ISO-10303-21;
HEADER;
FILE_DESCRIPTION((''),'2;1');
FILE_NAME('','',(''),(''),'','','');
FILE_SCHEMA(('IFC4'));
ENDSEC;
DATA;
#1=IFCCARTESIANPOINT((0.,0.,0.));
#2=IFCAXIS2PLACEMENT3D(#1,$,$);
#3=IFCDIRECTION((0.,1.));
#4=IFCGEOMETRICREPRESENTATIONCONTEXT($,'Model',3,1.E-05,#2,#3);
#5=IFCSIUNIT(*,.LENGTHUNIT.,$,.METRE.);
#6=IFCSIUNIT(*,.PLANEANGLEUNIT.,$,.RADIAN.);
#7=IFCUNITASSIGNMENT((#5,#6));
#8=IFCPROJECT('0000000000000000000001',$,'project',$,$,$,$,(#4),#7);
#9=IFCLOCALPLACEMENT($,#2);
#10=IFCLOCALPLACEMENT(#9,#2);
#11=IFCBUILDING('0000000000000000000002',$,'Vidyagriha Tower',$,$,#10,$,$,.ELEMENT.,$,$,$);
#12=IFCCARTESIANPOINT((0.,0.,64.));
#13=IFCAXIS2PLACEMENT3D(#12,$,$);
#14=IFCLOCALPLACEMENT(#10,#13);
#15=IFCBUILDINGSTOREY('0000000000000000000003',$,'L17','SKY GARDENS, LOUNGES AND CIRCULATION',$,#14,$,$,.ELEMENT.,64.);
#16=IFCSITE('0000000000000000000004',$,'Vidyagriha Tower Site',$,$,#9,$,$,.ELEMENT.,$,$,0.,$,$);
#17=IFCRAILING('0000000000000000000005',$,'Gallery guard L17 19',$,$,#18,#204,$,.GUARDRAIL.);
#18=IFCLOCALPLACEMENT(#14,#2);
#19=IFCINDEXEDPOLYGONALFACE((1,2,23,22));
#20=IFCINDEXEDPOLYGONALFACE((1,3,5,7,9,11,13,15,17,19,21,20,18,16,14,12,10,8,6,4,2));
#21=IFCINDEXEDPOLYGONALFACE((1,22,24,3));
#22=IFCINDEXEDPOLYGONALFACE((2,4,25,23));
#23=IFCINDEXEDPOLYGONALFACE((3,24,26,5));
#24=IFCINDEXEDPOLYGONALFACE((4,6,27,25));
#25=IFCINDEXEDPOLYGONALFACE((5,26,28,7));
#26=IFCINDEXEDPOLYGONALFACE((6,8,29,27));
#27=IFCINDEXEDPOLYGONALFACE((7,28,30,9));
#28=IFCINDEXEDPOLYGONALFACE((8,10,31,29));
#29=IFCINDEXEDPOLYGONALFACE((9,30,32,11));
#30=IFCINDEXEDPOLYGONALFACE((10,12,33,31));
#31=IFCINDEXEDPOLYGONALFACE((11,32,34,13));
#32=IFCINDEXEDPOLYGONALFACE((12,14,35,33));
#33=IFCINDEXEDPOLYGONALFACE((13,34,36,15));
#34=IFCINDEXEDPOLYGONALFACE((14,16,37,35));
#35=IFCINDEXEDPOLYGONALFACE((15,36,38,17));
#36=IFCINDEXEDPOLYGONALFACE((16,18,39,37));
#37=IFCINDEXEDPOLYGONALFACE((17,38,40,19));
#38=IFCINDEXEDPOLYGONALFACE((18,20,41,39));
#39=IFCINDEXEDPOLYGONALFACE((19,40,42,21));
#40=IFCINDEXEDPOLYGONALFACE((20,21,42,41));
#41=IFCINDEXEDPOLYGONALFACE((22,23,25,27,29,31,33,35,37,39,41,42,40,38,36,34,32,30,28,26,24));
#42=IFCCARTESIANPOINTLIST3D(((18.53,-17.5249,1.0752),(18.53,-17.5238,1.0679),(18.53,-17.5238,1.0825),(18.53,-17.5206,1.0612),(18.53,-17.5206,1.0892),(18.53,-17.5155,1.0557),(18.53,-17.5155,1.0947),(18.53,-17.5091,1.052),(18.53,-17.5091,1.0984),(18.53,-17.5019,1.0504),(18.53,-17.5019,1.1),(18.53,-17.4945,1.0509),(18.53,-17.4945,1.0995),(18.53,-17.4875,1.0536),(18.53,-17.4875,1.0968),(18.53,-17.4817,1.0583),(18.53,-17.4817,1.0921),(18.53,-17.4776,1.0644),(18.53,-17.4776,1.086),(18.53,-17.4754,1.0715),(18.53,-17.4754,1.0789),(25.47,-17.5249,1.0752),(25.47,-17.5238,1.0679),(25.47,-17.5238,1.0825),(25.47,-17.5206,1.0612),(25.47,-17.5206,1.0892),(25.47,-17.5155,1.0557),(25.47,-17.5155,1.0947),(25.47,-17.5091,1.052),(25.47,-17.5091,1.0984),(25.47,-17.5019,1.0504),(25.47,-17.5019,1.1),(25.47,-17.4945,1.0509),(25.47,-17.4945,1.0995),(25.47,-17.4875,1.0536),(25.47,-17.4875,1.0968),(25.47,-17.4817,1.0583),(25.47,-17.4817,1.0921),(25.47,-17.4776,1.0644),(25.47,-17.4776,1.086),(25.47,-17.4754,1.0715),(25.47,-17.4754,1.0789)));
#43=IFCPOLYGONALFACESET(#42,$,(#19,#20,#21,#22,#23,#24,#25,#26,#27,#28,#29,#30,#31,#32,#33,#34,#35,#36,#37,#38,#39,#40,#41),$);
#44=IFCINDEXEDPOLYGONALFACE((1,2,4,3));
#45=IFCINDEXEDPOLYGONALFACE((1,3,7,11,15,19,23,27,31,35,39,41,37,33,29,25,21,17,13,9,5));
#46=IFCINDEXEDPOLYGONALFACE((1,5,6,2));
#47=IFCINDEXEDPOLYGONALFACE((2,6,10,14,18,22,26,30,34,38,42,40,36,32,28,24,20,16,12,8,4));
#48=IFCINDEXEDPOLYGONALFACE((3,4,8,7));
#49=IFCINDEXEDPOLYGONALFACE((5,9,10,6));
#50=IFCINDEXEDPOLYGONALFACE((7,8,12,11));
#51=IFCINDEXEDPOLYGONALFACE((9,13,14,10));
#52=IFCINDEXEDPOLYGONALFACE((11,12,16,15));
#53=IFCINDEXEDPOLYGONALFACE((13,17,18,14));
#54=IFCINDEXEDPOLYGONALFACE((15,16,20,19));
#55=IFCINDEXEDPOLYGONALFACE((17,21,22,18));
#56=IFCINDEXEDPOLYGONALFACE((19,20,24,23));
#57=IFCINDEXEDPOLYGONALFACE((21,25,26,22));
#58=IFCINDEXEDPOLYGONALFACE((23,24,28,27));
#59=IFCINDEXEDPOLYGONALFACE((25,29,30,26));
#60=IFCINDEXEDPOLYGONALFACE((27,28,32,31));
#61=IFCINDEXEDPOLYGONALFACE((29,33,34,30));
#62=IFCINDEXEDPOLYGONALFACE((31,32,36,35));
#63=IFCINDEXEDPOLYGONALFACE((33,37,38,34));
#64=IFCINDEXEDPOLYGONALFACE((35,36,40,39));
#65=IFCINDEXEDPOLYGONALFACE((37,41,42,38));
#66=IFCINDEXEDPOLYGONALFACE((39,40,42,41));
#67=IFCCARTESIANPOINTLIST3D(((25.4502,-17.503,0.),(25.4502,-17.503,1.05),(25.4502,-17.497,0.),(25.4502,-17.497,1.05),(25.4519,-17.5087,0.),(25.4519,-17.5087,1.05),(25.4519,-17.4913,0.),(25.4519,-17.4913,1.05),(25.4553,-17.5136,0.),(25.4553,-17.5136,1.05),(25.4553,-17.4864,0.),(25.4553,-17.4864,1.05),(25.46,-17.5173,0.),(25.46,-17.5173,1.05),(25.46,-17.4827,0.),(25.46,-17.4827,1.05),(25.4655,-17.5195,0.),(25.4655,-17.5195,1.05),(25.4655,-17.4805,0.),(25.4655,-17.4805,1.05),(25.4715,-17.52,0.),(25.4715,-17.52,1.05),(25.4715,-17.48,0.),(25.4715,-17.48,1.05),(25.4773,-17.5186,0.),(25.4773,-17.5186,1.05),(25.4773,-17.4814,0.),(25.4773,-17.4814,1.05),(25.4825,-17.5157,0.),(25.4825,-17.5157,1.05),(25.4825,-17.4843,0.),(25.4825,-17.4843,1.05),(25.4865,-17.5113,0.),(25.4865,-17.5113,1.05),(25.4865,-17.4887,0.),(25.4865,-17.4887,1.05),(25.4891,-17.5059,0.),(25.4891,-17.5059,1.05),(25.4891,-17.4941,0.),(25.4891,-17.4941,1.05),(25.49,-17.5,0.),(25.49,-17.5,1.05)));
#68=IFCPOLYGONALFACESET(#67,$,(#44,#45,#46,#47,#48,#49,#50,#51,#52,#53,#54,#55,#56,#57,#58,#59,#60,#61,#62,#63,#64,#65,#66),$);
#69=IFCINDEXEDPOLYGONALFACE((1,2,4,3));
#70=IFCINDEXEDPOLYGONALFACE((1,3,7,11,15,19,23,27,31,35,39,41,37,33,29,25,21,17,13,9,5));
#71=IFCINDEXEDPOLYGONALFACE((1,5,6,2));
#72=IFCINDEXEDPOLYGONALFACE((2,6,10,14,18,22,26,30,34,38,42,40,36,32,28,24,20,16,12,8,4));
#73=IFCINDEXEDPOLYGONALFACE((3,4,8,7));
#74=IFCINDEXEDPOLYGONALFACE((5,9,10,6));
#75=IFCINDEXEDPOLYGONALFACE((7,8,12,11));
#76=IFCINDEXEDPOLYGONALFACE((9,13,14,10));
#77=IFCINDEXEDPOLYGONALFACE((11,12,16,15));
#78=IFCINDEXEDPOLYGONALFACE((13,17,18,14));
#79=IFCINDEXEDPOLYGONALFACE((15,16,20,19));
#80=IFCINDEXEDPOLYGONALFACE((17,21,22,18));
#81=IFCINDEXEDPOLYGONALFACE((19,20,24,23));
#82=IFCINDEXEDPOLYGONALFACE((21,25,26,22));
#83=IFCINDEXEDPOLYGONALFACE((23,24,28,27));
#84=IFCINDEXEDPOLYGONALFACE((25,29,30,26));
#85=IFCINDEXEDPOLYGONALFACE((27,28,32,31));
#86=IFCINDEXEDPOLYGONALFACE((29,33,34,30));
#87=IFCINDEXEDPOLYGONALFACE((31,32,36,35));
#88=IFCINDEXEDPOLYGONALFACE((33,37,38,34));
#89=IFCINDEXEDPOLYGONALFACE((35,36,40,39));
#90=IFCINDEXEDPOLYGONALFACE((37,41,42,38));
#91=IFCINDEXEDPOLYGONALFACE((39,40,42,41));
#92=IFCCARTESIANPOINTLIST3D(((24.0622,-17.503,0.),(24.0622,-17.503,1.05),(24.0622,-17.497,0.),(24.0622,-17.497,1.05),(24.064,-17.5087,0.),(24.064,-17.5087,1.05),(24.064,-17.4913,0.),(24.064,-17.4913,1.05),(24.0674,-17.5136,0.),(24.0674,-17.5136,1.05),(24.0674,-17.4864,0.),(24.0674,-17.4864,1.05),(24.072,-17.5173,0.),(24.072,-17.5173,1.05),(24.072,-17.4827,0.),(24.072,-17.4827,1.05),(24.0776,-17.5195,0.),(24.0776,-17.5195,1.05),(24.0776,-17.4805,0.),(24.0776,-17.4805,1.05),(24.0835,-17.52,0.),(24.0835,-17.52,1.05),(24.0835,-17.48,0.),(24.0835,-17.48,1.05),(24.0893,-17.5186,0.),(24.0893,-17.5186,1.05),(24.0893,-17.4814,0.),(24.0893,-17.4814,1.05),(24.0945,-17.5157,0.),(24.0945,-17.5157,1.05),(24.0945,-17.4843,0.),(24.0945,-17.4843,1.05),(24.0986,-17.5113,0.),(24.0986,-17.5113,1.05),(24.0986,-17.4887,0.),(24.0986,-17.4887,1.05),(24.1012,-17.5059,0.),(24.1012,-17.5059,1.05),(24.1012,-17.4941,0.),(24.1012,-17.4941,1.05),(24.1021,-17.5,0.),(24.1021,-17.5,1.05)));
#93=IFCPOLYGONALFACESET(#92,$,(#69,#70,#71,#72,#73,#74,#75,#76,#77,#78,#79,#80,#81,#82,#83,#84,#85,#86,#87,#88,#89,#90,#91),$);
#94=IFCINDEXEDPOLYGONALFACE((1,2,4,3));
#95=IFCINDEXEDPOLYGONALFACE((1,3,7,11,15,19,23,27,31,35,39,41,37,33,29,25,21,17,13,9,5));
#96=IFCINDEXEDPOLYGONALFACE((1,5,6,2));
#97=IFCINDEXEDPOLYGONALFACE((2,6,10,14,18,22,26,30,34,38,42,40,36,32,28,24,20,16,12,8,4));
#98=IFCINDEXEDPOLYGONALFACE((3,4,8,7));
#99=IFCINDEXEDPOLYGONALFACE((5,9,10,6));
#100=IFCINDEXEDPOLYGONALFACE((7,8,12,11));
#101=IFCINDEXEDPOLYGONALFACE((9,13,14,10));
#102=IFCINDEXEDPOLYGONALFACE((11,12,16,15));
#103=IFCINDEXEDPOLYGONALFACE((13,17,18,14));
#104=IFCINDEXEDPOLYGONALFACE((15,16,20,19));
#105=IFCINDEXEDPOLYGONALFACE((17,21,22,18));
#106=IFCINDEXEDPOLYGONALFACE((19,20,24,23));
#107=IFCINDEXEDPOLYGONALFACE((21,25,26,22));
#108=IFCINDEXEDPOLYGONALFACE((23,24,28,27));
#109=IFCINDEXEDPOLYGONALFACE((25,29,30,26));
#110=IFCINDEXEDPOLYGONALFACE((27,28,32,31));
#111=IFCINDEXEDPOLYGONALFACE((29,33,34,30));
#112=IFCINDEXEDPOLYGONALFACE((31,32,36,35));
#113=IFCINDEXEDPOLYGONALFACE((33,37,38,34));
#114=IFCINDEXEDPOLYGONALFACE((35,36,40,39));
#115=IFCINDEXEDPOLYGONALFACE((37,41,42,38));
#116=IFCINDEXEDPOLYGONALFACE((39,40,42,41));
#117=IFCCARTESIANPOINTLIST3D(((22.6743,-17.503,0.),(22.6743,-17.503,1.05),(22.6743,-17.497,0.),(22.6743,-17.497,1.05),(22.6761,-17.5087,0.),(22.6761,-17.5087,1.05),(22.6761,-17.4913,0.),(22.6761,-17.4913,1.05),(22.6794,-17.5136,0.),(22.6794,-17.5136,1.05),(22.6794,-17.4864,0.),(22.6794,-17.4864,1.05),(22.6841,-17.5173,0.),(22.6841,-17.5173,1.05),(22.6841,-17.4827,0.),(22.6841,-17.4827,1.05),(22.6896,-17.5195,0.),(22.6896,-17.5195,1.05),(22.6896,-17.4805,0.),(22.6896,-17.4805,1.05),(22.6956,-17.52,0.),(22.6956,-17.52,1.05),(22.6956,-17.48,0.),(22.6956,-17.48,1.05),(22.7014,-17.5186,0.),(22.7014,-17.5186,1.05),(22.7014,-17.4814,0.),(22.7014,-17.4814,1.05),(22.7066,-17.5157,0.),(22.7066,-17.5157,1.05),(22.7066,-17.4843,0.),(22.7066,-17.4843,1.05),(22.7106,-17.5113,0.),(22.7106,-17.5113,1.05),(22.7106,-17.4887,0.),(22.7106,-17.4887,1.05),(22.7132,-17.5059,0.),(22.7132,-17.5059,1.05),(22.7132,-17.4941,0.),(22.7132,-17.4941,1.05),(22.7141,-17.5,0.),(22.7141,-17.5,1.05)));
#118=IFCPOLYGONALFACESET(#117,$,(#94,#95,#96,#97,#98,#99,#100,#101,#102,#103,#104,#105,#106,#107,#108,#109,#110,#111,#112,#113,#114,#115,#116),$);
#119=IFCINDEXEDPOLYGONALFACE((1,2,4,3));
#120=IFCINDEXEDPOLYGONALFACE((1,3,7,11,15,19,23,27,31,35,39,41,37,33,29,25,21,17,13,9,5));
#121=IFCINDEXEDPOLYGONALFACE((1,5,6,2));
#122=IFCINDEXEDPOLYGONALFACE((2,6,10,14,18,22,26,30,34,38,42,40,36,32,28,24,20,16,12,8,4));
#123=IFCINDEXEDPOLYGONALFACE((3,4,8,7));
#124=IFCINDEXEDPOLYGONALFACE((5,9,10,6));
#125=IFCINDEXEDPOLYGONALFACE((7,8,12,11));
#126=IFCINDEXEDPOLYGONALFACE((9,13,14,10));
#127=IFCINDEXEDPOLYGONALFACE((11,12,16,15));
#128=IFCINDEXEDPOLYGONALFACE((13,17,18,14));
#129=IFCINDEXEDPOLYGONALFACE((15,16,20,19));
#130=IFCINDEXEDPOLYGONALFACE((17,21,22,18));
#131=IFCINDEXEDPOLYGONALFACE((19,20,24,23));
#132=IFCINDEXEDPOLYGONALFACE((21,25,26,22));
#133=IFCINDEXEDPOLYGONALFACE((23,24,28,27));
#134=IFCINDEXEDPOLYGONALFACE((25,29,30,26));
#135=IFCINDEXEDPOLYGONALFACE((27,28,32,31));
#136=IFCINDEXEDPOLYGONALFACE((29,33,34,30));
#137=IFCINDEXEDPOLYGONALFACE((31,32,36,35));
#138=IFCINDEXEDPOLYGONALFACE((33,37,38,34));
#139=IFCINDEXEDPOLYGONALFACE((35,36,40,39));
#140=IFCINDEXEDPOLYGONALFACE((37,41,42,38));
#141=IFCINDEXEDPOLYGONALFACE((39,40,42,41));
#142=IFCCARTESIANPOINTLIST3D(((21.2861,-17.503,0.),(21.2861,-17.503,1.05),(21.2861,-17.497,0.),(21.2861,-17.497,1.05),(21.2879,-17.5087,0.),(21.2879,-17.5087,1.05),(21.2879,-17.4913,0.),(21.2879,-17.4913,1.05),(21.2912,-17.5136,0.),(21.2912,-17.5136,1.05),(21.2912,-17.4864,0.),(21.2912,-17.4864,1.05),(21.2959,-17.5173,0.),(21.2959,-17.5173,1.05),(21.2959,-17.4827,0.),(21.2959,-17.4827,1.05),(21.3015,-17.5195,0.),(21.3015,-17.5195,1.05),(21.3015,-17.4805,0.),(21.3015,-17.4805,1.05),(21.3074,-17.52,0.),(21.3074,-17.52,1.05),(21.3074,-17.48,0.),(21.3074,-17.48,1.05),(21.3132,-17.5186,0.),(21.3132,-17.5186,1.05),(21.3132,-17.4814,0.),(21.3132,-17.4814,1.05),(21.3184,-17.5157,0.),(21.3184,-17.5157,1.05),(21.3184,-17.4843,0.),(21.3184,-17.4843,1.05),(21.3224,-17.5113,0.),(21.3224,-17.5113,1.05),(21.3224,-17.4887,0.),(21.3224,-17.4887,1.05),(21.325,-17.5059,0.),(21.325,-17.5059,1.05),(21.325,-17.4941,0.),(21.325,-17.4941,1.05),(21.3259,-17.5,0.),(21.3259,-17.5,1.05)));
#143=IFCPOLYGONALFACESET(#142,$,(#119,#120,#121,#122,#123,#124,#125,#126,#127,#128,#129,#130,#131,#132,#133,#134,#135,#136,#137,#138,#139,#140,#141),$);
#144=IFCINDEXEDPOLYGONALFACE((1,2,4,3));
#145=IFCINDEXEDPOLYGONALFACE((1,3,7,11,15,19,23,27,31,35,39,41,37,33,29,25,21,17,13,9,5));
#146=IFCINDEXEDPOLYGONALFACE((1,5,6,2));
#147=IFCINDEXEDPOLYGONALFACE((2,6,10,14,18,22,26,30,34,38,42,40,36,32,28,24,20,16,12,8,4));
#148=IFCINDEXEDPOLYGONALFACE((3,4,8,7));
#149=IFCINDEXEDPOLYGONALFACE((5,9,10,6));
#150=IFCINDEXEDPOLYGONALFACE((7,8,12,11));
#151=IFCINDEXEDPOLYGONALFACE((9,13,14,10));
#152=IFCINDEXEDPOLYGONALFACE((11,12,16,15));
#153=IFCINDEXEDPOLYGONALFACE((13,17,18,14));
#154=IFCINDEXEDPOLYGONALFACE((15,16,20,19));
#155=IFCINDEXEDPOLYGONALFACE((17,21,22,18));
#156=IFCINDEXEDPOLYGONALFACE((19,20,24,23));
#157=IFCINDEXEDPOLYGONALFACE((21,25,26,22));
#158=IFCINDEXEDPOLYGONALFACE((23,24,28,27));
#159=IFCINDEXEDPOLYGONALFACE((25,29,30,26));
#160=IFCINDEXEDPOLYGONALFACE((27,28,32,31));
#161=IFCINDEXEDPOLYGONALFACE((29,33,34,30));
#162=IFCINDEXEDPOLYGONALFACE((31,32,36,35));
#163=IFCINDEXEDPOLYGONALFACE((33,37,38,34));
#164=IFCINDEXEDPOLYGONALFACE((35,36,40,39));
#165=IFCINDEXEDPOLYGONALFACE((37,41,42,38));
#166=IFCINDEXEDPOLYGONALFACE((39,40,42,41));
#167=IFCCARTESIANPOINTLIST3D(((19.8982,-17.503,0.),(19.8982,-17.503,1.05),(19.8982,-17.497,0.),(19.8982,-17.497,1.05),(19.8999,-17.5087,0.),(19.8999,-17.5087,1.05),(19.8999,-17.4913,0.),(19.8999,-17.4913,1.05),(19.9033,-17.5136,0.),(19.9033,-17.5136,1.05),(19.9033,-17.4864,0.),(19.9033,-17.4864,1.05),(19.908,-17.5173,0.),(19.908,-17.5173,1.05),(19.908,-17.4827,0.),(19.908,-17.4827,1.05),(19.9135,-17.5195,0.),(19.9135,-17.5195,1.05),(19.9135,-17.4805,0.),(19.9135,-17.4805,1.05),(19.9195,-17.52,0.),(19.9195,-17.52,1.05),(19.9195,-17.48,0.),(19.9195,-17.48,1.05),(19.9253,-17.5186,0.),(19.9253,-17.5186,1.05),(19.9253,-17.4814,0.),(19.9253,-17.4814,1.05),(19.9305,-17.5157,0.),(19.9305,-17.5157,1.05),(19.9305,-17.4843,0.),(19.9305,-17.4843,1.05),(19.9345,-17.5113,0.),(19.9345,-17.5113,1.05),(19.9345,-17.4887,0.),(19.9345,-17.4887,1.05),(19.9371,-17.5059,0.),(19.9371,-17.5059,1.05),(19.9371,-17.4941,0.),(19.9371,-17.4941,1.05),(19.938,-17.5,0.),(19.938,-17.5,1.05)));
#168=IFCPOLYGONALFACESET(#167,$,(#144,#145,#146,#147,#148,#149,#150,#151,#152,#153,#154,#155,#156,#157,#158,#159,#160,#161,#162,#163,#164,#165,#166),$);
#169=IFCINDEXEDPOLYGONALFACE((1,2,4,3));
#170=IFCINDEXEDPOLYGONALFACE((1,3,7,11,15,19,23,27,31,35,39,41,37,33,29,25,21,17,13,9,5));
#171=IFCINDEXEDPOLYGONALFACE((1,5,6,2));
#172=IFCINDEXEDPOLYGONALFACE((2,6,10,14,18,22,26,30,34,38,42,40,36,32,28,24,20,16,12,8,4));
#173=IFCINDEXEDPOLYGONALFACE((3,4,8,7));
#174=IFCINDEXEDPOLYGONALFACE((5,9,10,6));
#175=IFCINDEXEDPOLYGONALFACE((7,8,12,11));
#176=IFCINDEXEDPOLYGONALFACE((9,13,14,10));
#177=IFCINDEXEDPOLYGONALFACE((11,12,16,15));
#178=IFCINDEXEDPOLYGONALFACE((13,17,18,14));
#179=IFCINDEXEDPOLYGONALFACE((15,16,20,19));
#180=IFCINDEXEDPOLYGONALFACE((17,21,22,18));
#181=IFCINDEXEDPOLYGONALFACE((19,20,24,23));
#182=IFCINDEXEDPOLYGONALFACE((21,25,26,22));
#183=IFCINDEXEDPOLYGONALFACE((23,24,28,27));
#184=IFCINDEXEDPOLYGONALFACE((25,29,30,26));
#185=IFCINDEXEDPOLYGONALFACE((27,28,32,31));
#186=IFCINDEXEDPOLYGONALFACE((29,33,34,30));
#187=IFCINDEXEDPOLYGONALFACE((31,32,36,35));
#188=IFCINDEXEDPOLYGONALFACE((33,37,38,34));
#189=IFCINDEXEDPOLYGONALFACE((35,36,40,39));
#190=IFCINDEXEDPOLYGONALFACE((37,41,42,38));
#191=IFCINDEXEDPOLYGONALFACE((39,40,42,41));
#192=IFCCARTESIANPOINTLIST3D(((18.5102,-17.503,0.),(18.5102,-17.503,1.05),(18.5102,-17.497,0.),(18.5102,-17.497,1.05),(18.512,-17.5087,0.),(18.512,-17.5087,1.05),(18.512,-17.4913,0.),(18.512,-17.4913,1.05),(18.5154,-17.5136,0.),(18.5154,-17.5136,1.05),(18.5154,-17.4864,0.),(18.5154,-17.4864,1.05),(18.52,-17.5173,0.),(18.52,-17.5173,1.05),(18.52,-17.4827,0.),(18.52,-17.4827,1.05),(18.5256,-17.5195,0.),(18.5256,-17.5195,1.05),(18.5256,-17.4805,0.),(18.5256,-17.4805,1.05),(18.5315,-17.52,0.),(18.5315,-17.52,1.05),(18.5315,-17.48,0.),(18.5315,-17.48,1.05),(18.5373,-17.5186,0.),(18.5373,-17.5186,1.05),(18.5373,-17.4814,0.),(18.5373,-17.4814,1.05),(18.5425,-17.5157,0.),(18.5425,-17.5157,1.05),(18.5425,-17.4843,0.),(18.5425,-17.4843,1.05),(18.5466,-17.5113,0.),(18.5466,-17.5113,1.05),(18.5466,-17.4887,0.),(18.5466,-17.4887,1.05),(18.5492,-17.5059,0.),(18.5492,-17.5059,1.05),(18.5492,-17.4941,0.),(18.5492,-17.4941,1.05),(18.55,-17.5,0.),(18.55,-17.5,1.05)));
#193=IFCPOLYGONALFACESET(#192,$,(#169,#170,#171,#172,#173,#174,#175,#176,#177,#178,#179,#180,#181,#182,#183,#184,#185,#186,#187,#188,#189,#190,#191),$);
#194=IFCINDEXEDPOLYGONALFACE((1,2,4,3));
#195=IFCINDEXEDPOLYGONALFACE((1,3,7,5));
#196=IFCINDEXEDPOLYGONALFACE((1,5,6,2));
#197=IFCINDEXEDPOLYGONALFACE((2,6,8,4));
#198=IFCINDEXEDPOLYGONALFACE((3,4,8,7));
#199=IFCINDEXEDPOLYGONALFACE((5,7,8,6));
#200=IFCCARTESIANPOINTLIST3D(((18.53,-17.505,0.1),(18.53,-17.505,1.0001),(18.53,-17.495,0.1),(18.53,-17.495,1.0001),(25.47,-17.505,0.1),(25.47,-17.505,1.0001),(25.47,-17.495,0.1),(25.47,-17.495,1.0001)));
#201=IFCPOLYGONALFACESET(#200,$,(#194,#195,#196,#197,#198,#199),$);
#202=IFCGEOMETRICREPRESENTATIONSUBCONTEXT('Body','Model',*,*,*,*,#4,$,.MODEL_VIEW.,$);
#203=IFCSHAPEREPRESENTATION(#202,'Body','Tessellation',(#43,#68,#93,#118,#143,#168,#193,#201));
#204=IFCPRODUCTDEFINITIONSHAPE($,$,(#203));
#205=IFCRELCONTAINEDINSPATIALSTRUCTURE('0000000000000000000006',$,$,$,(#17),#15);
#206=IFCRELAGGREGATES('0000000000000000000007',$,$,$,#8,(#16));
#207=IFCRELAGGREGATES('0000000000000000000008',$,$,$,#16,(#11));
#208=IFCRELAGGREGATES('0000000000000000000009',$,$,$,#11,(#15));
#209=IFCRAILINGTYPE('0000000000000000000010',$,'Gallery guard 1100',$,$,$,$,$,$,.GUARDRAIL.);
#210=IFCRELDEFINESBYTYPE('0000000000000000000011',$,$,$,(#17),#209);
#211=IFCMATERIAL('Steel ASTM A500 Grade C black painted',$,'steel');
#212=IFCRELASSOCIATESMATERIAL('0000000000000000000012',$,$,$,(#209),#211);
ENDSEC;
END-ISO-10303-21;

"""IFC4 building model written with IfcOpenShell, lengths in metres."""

from ifc_helpers import new_model, si_unit, direction, frame, origin, origin_2d, place, context, subcontext, project, spatial, rectangle, circle, extrude, material, type_object, element, save


model = new_model("IFC4")

# Units and contexts
model_context = context("Model", 3, precision=1e-05, world=origin(), true_north=direction((0.0, 1.0)))
body_context = subcontext(model_context, "Body", "Model", "MODEL_VIEW")
ifc_project = project(units=[si_unit("LENGTHUNIT", "METRE"), si_unit("PLANEANGLEUNIT", "RADIAN")], contexts=[model_context])

# Site, building, storey
site_placement = place(None, origin())
site = spatial("IfcSite", under=ifc_project, at=site_placement, Name="Vidyagriha Tower Site", CompositionType="ELEMENT", RefElevation=0.0)
building_placement = place(site_placement, origin())
building = spatial("IfcBuilding", under=site, at=building_placement, Name="Vidyagriha Tower", CompositionType="ELEMENT")
storey_placement = place(building_placement, frame((0.0, 0.0, 64.0)))
storey = spatial("IfcBuildingStorey", under=building, at=storey_placement, Name="L17", Description="SKY GARDENS, LOUNGES AND CIRCULATION", CompositionType="ELEMENT", Elevation=64.0)

# Railing
ifc_material_1 = material(Name="Steel ASTM A500 Grade C black painted", Category="steel")
railing_type = type_object("IfcRailingType", Name="Gallery guard 1100", PredefinedType="GUARDRAIL", material=ifc_material_1)
for number, where, name in (
    (1, (25.47, -17.5, 0.0), "Gallery guard L17 19"),
):
    element("IfcRailing", number, at=place(storey_placement, frame(where)), inside=storey, type_object=railing_type, Name=name, PredefinedType="GUARDRAIL", context=body_context, shape_type="SweptSolid", body=[
        extrude(circle(Radius=0.0249, at=origin_2d()), frame((0.0, 0.0, 1.0752), z_axis=(-1.0, 0.0, 0.0), x_axis=(0.0, -1.0, 0.0)), (0.0, 0.0, 1.0), 6.9399),
        extrude(circle(Radius=0.02, at=origin_2d()), origin(), (0.0, 0.0, 1.0), 1.05),
        extrude(circle(Radius=0.02, at=origin_2d()), frame((-1.3879, 0.0, 0.0)), (0.0, 0.0, 1.0), 1.05),
        extrude(circle(Radius=0.02, at=origin_2d()), frame((-2.7759, 0.0, 0.0)), (0.0, 0.0, 1.0), 1.05),
        extrude(circle(Radius=0.02, at=origin_2d()), frame((-4.1641, 0.0, 0.0)), (0.0, 0.0, 1.0), 1.05),
        extrude(circle(Radius=0.02, at=origin_2d()), frame((-5.552, 0.0, 0.0)), (0.0, 0.0, 1.0), 1.05),
        extrude(circle(Radius=0.02, at=origin_2d()), frame((-6.9399, 0.0, 0.0)), (0.0, 0.0, 1.0), 1.05),
        extrude(rectangle(XDim=0.01, YDim=0.9001, at=origin_2d()), frame((0.0, 0.0, 0.55), z_axis=(-1.0, 0.0, 0.0), x_axis=(0.0, -1.0, 0.0)), (0.0, 0.0, 1.0), 6.9399),
    ])

save(model, "model.ifc")
